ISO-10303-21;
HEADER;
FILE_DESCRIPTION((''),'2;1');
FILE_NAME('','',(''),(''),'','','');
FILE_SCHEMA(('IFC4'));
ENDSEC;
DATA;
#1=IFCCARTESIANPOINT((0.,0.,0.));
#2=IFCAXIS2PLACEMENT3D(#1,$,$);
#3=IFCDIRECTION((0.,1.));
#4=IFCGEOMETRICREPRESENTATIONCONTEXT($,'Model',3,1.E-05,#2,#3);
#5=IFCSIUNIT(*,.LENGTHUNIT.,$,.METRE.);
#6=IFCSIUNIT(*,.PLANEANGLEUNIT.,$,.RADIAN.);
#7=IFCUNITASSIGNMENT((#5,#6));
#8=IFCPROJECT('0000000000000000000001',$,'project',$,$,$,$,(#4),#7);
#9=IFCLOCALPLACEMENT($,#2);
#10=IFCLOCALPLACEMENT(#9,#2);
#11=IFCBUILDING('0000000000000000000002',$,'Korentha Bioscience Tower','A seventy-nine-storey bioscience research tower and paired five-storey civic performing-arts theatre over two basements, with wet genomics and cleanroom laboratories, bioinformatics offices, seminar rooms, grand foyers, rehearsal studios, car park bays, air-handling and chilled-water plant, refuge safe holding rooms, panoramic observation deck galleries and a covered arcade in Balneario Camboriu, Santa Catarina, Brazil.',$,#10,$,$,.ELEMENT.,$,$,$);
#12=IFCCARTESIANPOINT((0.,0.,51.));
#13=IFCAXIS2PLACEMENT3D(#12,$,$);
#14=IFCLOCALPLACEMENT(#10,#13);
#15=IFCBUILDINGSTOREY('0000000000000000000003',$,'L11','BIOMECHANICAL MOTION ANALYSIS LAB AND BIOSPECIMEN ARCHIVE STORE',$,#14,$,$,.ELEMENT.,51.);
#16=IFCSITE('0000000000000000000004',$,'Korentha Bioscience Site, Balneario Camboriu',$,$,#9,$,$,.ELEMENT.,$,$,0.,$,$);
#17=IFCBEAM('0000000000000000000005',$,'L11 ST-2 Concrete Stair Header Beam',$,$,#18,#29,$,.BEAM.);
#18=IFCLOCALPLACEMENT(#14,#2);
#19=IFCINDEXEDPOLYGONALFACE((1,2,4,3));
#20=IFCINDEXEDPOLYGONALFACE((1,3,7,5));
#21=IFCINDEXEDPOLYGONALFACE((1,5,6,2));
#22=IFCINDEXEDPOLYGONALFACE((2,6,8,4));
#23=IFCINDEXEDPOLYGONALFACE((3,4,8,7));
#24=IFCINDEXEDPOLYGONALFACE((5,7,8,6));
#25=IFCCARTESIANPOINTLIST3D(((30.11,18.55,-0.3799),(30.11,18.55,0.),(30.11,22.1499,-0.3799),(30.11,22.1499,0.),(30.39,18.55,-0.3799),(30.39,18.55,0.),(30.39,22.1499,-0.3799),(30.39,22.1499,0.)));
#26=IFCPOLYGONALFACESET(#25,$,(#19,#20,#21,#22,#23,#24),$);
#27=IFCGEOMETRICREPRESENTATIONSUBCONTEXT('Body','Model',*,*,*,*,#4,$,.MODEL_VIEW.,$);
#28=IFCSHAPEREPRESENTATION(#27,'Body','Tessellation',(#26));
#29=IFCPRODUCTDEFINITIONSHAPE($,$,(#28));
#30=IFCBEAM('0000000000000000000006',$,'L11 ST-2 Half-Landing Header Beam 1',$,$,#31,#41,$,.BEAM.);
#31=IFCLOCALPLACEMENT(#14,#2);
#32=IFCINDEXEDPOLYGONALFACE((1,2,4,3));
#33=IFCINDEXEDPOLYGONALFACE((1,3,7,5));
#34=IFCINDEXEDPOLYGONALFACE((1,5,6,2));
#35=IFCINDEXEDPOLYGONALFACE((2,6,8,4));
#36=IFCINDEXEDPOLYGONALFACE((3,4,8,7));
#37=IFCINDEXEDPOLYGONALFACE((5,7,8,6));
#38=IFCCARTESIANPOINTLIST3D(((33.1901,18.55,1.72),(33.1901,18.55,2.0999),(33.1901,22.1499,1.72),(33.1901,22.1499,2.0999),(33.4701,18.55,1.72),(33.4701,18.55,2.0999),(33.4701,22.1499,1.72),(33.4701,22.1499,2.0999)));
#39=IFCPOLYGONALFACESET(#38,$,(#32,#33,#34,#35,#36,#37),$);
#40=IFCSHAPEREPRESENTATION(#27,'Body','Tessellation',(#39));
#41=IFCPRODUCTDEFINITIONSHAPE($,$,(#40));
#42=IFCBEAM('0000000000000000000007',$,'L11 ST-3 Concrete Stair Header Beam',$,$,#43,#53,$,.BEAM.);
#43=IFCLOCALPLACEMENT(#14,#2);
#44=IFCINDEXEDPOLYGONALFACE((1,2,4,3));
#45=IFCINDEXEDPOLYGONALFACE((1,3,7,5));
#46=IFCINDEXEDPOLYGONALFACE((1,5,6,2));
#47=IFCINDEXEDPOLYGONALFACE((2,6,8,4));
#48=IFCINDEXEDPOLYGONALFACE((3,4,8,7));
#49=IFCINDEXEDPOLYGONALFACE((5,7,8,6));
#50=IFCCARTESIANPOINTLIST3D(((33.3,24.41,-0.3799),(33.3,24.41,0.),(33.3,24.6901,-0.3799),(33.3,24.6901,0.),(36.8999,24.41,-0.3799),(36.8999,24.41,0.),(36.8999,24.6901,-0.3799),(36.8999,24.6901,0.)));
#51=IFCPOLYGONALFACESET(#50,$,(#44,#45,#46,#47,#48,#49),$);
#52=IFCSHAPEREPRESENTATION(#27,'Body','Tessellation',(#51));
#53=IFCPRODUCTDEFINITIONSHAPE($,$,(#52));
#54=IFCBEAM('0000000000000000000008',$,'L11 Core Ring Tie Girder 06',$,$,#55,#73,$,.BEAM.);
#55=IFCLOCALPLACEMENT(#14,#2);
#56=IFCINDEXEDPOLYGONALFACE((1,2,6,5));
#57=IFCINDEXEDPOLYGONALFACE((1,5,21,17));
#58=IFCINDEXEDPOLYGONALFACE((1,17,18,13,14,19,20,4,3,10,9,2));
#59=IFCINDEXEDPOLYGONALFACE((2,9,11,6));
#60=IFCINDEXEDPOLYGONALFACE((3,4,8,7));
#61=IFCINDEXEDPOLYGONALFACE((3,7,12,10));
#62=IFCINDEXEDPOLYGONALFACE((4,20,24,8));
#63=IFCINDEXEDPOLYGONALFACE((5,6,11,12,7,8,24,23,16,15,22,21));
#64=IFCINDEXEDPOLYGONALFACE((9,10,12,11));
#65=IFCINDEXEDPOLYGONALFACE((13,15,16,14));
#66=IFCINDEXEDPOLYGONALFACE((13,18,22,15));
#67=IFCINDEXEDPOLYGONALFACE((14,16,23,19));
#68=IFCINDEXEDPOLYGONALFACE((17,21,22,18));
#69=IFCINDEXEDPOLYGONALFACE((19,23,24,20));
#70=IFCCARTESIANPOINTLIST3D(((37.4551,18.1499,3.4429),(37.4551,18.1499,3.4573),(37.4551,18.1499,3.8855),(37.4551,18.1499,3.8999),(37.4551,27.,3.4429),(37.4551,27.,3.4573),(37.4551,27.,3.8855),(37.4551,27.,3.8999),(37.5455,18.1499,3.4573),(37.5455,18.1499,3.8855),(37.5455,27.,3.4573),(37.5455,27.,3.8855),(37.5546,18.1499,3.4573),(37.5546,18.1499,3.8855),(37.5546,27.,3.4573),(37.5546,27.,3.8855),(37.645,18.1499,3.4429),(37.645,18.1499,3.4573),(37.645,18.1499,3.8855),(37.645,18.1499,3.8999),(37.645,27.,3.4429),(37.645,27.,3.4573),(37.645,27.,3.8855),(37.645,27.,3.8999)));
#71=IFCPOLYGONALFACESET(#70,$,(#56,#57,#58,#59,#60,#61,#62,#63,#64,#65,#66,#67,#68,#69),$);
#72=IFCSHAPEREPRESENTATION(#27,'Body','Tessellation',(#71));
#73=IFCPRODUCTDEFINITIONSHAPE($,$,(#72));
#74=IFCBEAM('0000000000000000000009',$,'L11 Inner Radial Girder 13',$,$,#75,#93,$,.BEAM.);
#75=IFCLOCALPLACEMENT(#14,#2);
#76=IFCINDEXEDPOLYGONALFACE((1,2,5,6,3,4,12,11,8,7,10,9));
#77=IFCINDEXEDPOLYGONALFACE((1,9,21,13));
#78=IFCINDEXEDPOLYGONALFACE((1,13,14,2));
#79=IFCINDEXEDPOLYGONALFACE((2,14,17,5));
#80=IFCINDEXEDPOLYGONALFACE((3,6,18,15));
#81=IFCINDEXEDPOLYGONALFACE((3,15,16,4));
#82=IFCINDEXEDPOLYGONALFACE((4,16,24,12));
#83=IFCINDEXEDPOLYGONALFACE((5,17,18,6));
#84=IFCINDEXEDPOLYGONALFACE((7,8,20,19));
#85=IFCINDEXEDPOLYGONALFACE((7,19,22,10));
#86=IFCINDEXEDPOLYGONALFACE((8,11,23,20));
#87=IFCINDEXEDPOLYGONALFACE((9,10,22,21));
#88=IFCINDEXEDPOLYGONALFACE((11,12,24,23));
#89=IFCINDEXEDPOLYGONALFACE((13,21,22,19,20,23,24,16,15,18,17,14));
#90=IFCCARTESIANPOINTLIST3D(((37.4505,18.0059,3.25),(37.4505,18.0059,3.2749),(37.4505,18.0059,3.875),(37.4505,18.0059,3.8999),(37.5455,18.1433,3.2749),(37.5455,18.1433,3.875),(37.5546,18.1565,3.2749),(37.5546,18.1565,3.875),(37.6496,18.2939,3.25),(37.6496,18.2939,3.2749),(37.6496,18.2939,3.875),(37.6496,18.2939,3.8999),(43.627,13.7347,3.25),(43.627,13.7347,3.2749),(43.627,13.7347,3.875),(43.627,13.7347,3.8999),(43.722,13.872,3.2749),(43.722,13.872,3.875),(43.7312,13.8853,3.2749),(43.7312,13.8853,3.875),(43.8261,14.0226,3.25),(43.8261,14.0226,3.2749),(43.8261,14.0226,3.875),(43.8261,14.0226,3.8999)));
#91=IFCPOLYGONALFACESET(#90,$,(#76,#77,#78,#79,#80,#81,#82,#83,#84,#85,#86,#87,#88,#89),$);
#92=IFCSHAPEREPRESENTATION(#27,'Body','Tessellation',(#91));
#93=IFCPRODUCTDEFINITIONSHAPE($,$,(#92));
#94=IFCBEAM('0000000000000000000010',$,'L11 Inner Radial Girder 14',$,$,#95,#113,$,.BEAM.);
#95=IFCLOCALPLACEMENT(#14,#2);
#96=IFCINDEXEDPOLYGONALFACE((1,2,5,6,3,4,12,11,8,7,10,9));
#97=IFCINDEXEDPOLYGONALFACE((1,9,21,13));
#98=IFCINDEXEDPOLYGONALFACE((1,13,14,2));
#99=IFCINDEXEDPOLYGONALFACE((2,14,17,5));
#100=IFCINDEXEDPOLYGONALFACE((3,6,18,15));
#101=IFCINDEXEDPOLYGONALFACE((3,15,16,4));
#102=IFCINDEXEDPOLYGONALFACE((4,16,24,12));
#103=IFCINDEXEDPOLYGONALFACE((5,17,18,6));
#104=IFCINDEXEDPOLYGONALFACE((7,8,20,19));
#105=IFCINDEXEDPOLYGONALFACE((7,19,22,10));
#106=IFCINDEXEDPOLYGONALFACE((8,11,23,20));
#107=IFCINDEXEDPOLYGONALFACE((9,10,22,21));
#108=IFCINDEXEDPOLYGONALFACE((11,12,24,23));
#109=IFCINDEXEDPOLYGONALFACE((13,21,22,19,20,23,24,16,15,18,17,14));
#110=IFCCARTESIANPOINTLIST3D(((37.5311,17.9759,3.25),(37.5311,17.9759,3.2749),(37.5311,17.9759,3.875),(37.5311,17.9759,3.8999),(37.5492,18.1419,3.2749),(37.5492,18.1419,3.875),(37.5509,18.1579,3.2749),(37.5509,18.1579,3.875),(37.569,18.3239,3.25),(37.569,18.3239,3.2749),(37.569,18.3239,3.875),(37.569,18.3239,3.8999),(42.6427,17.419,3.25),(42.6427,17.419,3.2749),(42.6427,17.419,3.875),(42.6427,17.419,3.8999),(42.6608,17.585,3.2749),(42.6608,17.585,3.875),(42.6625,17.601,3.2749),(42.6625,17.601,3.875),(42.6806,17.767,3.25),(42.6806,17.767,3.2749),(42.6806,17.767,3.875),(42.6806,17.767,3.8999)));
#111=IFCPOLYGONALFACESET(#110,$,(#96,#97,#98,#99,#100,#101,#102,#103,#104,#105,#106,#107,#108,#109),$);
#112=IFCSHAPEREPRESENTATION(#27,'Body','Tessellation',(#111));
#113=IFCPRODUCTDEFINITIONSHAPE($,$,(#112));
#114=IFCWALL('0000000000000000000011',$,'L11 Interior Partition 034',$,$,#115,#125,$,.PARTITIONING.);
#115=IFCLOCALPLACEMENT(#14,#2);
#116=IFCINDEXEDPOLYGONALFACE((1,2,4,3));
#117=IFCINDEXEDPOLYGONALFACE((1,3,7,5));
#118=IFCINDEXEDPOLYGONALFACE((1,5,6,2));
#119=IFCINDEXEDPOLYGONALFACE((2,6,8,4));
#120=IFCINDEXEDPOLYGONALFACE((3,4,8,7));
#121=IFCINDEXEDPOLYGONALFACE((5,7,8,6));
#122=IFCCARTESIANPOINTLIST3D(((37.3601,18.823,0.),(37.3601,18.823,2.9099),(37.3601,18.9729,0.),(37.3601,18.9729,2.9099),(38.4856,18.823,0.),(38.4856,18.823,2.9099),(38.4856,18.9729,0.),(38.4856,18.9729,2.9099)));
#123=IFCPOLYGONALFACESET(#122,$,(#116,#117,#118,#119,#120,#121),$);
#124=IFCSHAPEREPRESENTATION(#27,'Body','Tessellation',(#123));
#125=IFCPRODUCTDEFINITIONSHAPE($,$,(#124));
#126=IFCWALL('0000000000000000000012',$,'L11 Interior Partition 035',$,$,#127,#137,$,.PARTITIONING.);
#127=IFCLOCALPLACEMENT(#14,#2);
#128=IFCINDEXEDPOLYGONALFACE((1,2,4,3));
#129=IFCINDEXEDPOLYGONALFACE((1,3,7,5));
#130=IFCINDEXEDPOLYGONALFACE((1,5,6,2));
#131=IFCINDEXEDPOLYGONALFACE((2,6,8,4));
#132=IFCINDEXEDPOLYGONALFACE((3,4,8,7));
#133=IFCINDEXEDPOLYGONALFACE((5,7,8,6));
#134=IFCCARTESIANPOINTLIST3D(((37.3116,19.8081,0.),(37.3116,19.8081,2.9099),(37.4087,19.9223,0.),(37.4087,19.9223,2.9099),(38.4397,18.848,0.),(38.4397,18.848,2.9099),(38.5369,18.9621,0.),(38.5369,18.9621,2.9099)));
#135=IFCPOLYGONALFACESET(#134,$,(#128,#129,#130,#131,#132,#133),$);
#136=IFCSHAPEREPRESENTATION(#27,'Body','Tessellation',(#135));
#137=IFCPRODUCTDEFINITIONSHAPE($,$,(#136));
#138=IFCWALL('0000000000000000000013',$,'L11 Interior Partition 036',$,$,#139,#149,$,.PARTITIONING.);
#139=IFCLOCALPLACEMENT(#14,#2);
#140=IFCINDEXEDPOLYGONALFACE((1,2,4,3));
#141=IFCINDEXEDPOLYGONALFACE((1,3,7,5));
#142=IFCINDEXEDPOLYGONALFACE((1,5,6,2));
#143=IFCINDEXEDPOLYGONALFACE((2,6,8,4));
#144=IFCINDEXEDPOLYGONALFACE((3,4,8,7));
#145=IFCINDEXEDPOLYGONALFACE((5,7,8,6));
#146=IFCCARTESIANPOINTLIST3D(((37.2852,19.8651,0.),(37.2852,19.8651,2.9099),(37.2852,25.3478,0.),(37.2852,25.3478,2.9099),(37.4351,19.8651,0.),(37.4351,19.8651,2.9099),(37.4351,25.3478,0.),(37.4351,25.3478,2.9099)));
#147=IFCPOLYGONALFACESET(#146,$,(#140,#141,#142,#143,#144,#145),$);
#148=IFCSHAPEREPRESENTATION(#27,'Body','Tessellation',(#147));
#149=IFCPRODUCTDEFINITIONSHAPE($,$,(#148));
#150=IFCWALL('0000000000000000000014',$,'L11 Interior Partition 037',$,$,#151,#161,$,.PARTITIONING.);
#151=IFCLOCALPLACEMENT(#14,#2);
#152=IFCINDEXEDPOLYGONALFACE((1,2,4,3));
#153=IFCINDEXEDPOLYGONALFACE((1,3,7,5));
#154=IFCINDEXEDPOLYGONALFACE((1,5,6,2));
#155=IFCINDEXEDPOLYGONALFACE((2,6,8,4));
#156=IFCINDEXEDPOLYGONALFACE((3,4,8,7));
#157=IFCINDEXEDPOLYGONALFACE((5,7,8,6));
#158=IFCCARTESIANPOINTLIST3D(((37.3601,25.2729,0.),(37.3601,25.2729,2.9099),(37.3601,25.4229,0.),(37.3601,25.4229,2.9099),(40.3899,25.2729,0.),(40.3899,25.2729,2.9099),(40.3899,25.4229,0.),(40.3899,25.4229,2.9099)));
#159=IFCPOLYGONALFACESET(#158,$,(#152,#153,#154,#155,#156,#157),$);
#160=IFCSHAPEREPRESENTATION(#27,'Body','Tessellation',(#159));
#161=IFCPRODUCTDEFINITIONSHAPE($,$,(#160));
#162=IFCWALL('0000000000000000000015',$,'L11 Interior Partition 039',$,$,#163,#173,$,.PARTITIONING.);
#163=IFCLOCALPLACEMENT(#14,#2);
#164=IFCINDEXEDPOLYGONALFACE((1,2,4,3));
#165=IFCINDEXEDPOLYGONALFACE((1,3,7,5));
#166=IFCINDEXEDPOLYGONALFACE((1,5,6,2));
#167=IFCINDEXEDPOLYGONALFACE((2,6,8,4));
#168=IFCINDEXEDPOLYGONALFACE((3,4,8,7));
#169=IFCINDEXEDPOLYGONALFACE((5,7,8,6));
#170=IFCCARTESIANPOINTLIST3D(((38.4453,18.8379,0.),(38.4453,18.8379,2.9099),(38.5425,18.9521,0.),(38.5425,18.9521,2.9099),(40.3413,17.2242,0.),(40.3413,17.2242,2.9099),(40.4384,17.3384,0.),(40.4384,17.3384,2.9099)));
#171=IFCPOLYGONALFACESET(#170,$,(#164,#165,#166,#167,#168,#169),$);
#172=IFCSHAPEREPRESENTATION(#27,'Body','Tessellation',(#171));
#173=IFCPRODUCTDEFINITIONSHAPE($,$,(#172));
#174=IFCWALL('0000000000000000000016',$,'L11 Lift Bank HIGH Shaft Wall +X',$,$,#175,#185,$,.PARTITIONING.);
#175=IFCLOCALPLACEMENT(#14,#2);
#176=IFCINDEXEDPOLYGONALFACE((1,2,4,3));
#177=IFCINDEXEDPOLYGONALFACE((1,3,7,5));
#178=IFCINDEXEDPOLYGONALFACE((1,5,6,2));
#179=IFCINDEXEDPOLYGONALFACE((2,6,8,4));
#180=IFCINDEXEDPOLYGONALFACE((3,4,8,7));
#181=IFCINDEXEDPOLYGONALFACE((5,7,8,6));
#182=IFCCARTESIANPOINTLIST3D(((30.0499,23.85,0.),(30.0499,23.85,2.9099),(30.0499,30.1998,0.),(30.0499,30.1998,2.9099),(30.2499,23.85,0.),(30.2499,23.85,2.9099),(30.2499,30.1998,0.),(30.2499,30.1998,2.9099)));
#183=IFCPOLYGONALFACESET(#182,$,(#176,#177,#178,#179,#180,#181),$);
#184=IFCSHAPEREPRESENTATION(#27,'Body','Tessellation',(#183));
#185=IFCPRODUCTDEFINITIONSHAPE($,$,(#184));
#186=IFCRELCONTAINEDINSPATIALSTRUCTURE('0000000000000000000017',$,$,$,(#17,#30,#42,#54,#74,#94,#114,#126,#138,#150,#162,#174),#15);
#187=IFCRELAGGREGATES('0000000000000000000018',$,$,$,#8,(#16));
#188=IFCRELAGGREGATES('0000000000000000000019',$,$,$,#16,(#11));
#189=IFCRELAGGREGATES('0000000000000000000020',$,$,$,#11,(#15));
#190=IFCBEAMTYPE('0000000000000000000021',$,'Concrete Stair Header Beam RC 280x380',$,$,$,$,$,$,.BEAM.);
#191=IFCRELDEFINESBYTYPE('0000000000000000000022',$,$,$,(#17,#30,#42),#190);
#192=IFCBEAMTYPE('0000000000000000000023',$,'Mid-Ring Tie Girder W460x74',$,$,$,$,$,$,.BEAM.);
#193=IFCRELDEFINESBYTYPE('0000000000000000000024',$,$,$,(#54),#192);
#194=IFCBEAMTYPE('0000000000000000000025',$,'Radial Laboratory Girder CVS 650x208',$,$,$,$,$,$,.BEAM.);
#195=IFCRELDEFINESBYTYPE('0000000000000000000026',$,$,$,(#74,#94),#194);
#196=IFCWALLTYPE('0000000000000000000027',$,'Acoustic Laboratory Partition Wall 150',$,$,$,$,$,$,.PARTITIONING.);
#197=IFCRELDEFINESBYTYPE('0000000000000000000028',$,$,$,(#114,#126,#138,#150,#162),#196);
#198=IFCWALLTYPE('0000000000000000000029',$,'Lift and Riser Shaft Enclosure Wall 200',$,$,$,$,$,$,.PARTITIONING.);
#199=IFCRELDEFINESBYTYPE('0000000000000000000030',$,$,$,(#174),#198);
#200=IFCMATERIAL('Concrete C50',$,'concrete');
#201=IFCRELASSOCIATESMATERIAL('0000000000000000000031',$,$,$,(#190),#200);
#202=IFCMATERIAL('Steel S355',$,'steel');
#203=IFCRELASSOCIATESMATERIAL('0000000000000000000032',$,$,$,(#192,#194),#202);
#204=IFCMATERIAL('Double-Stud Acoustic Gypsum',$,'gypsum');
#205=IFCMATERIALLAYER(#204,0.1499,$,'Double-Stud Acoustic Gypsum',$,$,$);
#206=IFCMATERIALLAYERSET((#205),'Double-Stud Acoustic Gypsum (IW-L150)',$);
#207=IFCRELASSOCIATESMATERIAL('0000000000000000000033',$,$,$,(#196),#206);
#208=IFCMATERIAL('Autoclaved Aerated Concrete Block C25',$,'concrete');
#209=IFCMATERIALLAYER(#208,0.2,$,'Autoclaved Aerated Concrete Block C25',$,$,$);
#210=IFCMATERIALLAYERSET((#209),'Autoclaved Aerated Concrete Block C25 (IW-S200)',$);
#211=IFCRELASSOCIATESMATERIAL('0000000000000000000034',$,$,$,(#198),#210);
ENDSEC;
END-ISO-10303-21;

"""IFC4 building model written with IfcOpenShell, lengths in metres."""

from ifc_helpers import new_model, si_unit, direction, frame, frame_2d, origin, origin_2d, place, context, subcontext, project, spatial, rectangle, i_section, extrude, material, layer, layer_set, material_profile, profile_set, type_object, element, save


model = new_model("IFC4")

# Units and contexts
model_context = context("Model", 3, precision=1e-05, world=origin(), true_north=direction((0.0, 1.0)))
body_context = subcontext(model_context, "Body", "Model", "MODEL_VIEW")
ifc_project = project(units=[si_unit("LENGTHUNIT", "METRE"), si_unit("PLANEANGLEUNIT", "RADIAN")], contexts=[model_context])

# Site, building, storey
site_placement = place(None, origin())
site = spatial("IfcSite", under=ifc_project, at=site_placement, Name="Korentha Bioscience Site, Balneario Camboriu", CompositionType="ELEMENT", RefElevation=0.0)
building_placement = place(site_placement, origin())
building = spatial("IfcBuilding", under=site, at=building_placement, Name="Korentha Bioscience Tower", Description="A seventy-nine-storey bioscience research tower and paired five-storey civic performing-arts theatre over two basements, with wet genomics and cleanroom laboratories, bioinformatics offices, seminar rooms, grand foyers, rehearsal studios, car park bays, air-handling and chilled-water plant, refuge safe holding rooms, panoramic observation deck galleries and a covered arcade in Balneario Camboriu, Santa Catarina, Brazil.", CompositionType="ELEMENT")
storey_placement = place(building_placement, frame((0.0, 0.0, 51.0)))
storey = spatial("IfcBuildingStorey", under=building, at=storey_placement, Name="L11", Description="BIOMECHANICAL MOTION ANALYSIS LAB AND BIOSPECIMEN ARCHIVE STORE", CompositionType="ELEMENT", Elevation=51.0)

# Beams
ifc_material_1 = material(Name="Concrete C50", Category="concrete")
ifc_material_profile_1 = material_profile(ifc_material_1, rectangle(XDim=0.28, YDim=0.3799, at=origin_2d()), Name="Concrete C50")
ifc_profile_set_1 = profile_set([ifc_material_profile_1], Name="Concrete C50 (ST-HB380)")
beam_type_1 = type_object("IfcBeamType", Name="Concrete Stair Header Beam RC 280x380", PredefinedType="BEAM", material=ifc_profile_set_1)
for number, where, z_axis, x_axis, name in (
    (1, (30.25, 18.55, -0.1899), (0.0, 1.0, 0.0), (-1.0, 0.0, 0.0), "L11 ST-2 Concrete Stair Header Beam"),
    (2, (33.3301, 18.55, 1.9099), (0.0, 1.0, 0.0), (-1.0, 0.0, 0.0), "L11 ST-2 Half-Landing Header Beam 1"),
    (3, (36.8999, 24.55, -0.1899), (-1.0, 0.0, 0.0), (0.0, -1.0, 0.0), "L11 ST-3 Concrete Stair Header Beam"),
):
    element("IfcBeam", number, at=place(storey_placement, frame(where, z_axis=z_axis, x_axis=x_axis)), inside=storey, type_object=beam_type_1, Name=name, PredefinedType="BEAM", context=body_context, shape_type="SweptSolid", body=[
        extrude(rectangle(XDim=0.28, YDim=0.3799, at=origin_2d()), origin(), (0.0, 0.0, 1.0), 3.5999),
    ])
ifc_material_2 = material(Name="Steel S355", Category="steel")
ifc_material_profile_2 = material_profile(ifc_material_2, i_section(OverallWidth=0.1899, OverallDepth=0.457, WebThickness=0.009, FlangeThickness=0.0144, at=origin_2d()), Name="Steel S355")
ifc_profile_set_2 = profile_set([ifc_material_profile_2], Name="Steel S355 (MB-460)")
beam_type_2 = type_object("IfcBeamType", Name="Mid-Ring Tie Girder W460x74", PredefinedType="BEAM", material=ifc_profile_set_2)
beam_1_placement = place(storey_placement, frame((37.55, 18.1499, 3.6714), z_axis=(0.0, 1.0, 0.0), x_axis=(-1.0, 0.0, 0.0)))
element("IfcBeam", 4, at=beam_1_placement, inside=storey, type_object=beam_type_2, Name="L11 Core Ring Tie Girder 06", PredefinedType="BEAM", context=body_context, shape_type="SweptSolid", body=[
    extrude(i_section(OverallWidth=0.1899, OverallDepth=0.457, WebThickness=0.009, FlangeThickness=0.0144, at=origin_2d()), origin(), (0.0, 0.0, 1.0), 8.8501),
])
ifc_material_profile_3 = material_profile(ifc_material_2, i_section(OverallWidth=0.3501, OverallDepth=0.6499, WebThickness=0.0161, FlangeThickness=0.0249, at=origin_2d()), Name="Steel S355")
ifc_profile_set_3 = profile_set([ifc_material_profile_3], Name="Steel S355 (RB-650)")
beam_type_3 = type_object("IfcBeamType", Name="Radial Laboratory Girder CVS 650x208", PredefinedType="BEAM", material=ifc_profile_set_3)
beam_2_placement = place(storey_placement, frame((37.55, 18.1499, 3.575), z_axis=(0.822492, -0.568777, 0.0), x_axis=(0.568777, 0.822492, 0.0)))
element("IfcBeam", 5, at=beam_2_placement, inside=storey, type_object=beam_type_3, Name="L11 Inner Radial Girder 13", PredefinedType="BEAM", context=body_context, shape_type="SweptSolid", body=[
    extrude(i_section(OverallWidth=0.3501, OverallDepth=0.6499, WebThickness=0.0161, FlangeThickness=0.0249, at=origin_2d()), origin(), (0.0, 0.0, 1.0), 7.5095),
])
beam_3_placement = place(storey_placement, frame((37.55, 18.1499, 3.575), z_axis=(0.994118, -0.108305, 0.0), x_axis=(0.108305, 0.994118, 0.0)))
element("IfcBeam", 6, at=beam_3_placement, inside=storey, type_object=beam_type_3, Name="L11 Inner Radial Girder 14", PredefinedType="BEAM", context=body_context, shape_type="SweptSolid", body=[
    extrude(i_section(OverallWidth=0.3501, OverallDepth=0.6499, WebThickness=0.0161, FlangeThickness=0.0249, at=origin_2d()), origin(), (0.0, 0.0, 1.0), 5.1418),
])

# Walls
ifc_material_3 = material(Name="Double-Stud Acoustic Gypsum", Category="gypsum")
ifc_layer_1 = layer(ifc_material_3, 0.1499, Name="Double-Stud Acoustic Gypsum")
ifc_layer_set_1 = layer_set([ifc_layer_1], Name="Double-Stud Acoustic Gypsum (IW-L150)")
wall_type_1 = type_object("IfcWallType", Name="Acoustic Laboratory Partition Wall 150", PredefinedType="PARTITIONING", material=ifc_layer_set_1)
wall_1_placement = place(storey_placement, frame((37.3601, 18.8979, 0.0), z_axis=(0.0, 0.0, 1.0), x_axis=(1.0, 0.0, 0.0)))
element("IfcWall", 7, at=wall_1_placement, inside=storey, type_object=wall_type_1, Name="L11 Interior Partition 034", PredefinedType="PARTITIONING", context=body_context, shape_type="SweptSolid", body=[
    extrude(rectangle(XDim=1.1255, YDim=0.1499, at=frame_2d((0.5627, 0.0))), origin(), (0.0, 0.0, 1.0), 2.9099),
])
wall_2_placement = place(storey_placement, frame((38.4883, 18.905, 0.0), z_axis=(0.0, 0.0, 1.0), x_axis=(-0.76152, 0.648141, 0.0)))
element("IfcWall", 8, at=wall_2_placement, inside=storey, type_object=wall_type_1, Name="L11 Interior Partition 035", PredefinedType="PARTITIONING", context=body_context, shape_type="SweptSolid", body=[
    extrude(rectangle(XDim=1.4814, YDim=0.1499, at=frame_2d((0.7407, 0.0))), origin(), (0.0, 0.0, 1.0), 2.9099),
])
wall_3_placement = place(storey_placement, frame((37.3601, 19.8652, 0.0), z_axis=(0.0, 0.0, 1.0), x_axis=(0.0, 1.0, 0.0)))
element("IfcWall", 9, at=wall_3_placement, inside=storey, type_object=wall_type_1, Name="L11 Interior Partition 036", PredefinedType="PARTITIONING", context=body_context, shape_type="SweptSolid", body=[
    extrude(rectangle(XDim=5.4827, YDim=0.1499, at=frame_2d((2.7412, 0.0))), origin(), (0.0, 0.0, 1.0), 2.9099),
])
wall_4_placement = place(storey_placement, frame((37.3601, 25.3479, 0.0), z_axis=(0.0, 0.0, 1.0), x_axis=(1.0, 0.0, 0.0)))
element("IfcWall", 10, at=wall_4_placement, inside=storey, type_object=wall_type_1, Name="L11 Interior Partition 037", PredefinedType="PARTITIONING", context=body_context, shape_type="SweptSolid", body=[
    extrude(rectangle(XDim=3.0298, YDim=0.1499, at=frame_2d((1.5149, 0.0))), origin(), (0.0, 0.0, 1.0), 2.9099),
])
wall_5_placement = place(storey_placement, frame((38.4939, 18.895, 0.0), z_axis=(0.0, 0.0, 1.0), x_axis=(0.761508, -0.648155, 0.0)))
element("IfcWall", 11, at=wall_5_placement, inside=storey, type_object=wall_type_1, Name="L11 Interior Partition 039", PredefinedType="PARTITIONING", context=body_context, shape_type="SweptSolid", body=[
    extrude(rectangle(XDim=2.4897, YDim=0.1499, at=frame_2d((1.2449, 0.0))), origin(), (0.0, 0.0, 1.0), 2.9099),
])
ifc_material_4 = material(Name="Autoclaved Aerated Concrete Block C25", Category="concrete")
ifc_layer_2 = layer(ifc_material_4, 0.2, Name="Autoclaved Aerated Concrete Block C25")
ifc_layer_set_2 = layer_set([ifc_layer_2], Name="Autoclaved Aerated Concrete Block C25 (IW-S200)")
wall_type_2 = type_object("IfcWallType", Name="Lift and Riser Shaft Enclosure Wall 200", PredefinedType="PARTITIONING", material=ifc_layer_set_2)
wall_6_placement = place(storey_placement, frame((30.1499, 23.8501, 0.0), z_axis=(0.0, 0.0, 1.0), x_axis=(0.0, 1.0, 0.0)))
element("IfcWall", 12, at=wall_6_placement, inside=storey, type_object=wall_type_2, Name="L11 Lift Bank HIGH Shaft Wall +X", PredefinedType="PARTITIONING", context=body_context, shape_type="SweptSolid", body=[
    extrude(rectangle(XDim=6.3499, YDim=0.2, at=frame_2d((3.1748, 0.0))), origin(), (0.0, 0.0, 1.0), 2.9099),
])

save(model, "model.ifc")
